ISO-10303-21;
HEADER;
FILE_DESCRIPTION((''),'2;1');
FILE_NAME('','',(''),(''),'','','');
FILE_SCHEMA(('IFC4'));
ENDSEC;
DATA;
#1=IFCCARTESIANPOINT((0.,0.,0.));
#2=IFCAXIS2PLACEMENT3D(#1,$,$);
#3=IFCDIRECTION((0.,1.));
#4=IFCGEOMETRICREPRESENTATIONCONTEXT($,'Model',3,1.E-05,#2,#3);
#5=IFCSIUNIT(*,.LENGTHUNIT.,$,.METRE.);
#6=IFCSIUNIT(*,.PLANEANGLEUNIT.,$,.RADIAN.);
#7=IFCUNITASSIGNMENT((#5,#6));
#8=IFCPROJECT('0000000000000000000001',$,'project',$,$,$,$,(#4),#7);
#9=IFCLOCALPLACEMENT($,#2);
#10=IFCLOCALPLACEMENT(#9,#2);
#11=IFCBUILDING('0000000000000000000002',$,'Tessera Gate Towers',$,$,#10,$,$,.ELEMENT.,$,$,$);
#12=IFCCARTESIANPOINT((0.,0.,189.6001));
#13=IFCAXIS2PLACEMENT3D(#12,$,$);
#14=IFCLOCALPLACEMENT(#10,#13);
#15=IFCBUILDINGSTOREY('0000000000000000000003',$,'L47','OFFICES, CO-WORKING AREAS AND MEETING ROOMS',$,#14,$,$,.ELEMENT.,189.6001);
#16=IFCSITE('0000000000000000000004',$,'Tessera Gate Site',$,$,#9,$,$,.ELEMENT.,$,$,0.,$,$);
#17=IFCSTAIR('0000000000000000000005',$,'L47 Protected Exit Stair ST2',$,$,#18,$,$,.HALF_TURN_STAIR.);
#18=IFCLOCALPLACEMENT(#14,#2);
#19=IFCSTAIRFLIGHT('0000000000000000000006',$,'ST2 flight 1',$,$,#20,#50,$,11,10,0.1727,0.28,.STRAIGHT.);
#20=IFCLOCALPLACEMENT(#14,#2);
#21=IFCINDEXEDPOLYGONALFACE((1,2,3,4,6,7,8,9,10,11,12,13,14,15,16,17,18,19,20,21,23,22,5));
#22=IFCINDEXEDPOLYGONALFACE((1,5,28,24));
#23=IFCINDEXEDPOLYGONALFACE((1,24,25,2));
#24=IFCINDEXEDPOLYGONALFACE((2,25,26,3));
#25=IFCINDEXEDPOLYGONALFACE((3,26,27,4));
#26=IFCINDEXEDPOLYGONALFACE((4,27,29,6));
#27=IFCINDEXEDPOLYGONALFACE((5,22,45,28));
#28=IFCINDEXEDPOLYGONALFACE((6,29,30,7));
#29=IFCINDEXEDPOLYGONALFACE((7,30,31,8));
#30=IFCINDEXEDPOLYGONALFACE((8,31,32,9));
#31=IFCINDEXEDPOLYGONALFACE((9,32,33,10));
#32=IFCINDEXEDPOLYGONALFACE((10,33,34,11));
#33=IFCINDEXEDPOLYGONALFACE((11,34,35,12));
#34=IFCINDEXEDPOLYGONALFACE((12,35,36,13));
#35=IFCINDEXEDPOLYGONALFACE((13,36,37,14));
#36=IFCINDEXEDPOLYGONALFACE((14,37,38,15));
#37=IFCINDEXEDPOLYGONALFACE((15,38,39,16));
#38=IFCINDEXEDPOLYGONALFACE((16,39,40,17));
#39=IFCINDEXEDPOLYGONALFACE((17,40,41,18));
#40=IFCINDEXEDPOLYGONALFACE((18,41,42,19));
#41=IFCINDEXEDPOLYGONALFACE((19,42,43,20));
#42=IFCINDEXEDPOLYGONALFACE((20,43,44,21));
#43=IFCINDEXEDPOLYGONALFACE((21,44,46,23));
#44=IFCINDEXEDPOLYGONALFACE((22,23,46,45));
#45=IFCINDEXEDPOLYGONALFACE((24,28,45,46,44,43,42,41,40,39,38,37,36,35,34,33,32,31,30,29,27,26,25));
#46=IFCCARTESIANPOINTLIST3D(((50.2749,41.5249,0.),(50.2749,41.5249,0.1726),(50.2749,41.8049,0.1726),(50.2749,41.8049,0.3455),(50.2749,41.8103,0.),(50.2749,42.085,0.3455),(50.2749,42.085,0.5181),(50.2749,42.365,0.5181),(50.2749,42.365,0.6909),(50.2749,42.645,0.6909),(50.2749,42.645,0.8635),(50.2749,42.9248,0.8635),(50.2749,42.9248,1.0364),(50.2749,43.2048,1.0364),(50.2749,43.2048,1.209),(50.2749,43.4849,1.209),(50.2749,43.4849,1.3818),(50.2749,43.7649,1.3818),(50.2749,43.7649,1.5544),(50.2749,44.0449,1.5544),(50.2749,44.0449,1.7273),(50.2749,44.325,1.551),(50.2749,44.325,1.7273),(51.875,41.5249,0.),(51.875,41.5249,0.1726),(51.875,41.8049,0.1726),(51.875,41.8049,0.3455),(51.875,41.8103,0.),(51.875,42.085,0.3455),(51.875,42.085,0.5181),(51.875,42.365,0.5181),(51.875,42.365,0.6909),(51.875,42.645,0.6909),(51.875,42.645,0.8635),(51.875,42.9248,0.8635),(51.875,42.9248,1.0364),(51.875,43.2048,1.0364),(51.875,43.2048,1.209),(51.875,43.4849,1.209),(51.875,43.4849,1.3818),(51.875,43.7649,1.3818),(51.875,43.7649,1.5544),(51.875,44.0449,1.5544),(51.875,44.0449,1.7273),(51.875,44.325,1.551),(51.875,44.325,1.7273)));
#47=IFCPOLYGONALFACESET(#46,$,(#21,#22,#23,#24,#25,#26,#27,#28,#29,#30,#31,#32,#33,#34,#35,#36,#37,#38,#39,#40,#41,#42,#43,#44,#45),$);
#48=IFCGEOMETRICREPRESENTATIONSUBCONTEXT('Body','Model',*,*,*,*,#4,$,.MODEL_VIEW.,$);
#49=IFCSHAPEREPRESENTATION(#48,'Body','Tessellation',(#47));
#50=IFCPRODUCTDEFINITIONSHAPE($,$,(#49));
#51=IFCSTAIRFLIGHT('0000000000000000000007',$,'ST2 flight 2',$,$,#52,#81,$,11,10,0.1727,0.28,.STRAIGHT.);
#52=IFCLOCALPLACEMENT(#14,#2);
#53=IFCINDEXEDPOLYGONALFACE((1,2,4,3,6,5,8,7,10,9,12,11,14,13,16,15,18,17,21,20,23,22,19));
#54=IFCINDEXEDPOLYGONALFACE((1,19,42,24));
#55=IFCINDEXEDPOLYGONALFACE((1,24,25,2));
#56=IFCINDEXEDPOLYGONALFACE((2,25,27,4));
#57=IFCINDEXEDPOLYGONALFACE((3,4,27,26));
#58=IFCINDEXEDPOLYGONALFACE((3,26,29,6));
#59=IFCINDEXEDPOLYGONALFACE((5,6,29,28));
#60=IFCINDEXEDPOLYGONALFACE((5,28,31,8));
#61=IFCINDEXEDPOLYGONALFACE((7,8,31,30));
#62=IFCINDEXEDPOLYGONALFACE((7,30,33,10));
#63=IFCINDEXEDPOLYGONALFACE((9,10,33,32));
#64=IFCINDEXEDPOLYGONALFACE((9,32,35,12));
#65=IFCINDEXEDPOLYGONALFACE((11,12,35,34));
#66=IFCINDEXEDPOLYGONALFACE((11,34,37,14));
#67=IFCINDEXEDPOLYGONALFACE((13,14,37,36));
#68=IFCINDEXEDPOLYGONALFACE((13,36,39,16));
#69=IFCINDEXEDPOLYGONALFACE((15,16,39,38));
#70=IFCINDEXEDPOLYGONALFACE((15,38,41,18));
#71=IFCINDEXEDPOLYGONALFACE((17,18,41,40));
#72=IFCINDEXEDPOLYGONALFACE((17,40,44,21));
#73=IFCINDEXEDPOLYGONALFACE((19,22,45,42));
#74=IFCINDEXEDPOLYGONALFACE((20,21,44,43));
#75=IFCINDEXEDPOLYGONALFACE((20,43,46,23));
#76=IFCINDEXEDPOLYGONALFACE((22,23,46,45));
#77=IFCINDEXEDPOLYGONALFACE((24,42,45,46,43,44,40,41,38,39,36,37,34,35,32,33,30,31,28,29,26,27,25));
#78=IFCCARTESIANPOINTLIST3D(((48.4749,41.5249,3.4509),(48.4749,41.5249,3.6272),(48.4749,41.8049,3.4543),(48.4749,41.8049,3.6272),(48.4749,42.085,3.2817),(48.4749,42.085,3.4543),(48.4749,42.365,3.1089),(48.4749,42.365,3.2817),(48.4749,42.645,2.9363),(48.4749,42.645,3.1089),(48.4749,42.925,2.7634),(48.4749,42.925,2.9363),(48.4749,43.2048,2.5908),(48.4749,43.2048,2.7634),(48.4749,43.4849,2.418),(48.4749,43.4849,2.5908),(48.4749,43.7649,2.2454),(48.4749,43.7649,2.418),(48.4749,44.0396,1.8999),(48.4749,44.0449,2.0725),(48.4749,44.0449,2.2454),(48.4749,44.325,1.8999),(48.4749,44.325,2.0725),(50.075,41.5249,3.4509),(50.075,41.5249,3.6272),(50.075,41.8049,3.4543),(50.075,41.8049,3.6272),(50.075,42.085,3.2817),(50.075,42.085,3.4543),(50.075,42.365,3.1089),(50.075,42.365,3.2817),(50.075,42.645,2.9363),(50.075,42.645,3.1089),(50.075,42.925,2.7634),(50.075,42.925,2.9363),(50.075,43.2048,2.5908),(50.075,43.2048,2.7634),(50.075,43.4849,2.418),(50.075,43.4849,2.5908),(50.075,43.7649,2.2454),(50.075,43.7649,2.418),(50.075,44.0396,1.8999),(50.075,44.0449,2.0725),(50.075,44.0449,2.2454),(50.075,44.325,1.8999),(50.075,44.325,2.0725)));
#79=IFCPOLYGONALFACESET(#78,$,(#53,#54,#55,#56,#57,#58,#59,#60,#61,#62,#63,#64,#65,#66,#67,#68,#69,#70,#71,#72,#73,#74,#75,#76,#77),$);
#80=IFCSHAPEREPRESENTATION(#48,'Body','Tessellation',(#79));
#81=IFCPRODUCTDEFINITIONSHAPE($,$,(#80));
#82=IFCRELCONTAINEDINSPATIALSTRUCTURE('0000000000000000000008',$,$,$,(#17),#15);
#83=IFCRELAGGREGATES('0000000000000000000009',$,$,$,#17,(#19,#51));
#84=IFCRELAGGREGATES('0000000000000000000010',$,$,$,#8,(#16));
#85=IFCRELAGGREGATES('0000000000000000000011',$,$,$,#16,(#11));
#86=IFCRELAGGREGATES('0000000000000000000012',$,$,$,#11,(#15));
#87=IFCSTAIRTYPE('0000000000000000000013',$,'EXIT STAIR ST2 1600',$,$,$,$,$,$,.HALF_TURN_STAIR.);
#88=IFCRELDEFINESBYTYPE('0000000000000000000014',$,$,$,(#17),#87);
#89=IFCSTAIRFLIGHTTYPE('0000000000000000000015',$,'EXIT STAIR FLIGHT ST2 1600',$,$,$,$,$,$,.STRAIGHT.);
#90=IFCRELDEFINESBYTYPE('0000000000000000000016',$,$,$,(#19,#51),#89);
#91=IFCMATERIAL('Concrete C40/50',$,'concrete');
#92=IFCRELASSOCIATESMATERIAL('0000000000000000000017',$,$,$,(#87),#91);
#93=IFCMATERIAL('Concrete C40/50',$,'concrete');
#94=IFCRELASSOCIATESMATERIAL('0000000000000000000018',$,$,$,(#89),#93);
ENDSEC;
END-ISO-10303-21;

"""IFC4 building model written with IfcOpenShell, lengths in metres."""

from ifc_helpers import new_model, si_unit, direction, frame, origin, place, context, subcontext, project, spatial, polyline, outline, extrude, material, type_object, element, aggregate, save


model = new_model("IFC4")

# Units and contexts
model_context = context("Model", 3, precision=1e-05, world=origin(), true_north=direction((0.0, 1.0)))
body_context = subcontext(model_context, "Body", "Model", "MODEL_VIEW")
ifc_project = project(units=[si_unit("LENGTHUNIT", "METRE"), si_unit("PLANEANGLEUNIT", "RADIAN")], contexts=[model_context])

# Site, building, storey
site_placement = place(None, origin())
site = spatial("IfcSite", under=ifc_project, at=site_placement, Name="Tessera Gate Site", CompositionType="ELEMENT", RefElevation=0.0)
building_placement = place(site_placement, origin())
building = spatial("IfcBuilding", under=site, at=building_placement, Name="Tessera Gate Towers", CompositionType="ELEMENT")
storey_placement = place(building_placement, frame((0.0, 0.0, 189.6001)))
storey = spatial("IfcBuildingStorey", under=building, at=storey_placement, Name="L47", Description="OFFICES, CO-WORKING AREAS AND MEETING ROOMS", CompositionType="ELEMENT", Elevation=189.6001)

# Stair, stair flights
ifc_material_1 = material(Name="Concrete C40/50", Category="concrete")
stair_type = type_object("IfcStairType", Name="EXIT STAIR ST2 1600", PredefinedType="HALF_TURN_STAIR", material=ifc_material_1)
stair_placement = place(storey_placement, origin())
stair = element("IfcStair", 1, at=stair_placement, inside=storey, type_object=stair_type, Name="L47 Protected Exit Stair ST2", PredefinedType="HALF_TURN_STAIR")
ifc_material_2 = material(Name="Concrete C40/50", Category="concrete")
stair_flight_type = type_object("IfcStairFlightType", Name="EXIT STAIR FLIGHT ST2 1600", PredefinedType="STRAIGHT", material=ifc_material_2)
stair_flight_1_placement = place(storey_placement, frame((51.075, 41.5249, 0.0), z_axis=(0.0, 0.0, 1.0), x_axis=(0.0, 1.0, 0.0)))
stair_flight_1 = element("IfcStairFlight", 2, at=stair_flight_1_placement, type_object=stair_flight_type, Name="ST2 flight 1", NumberOfRisers=11, NumberOfTreads=10, PredefinedType="STRAIGHT", RiserHeight=0.1727, TreadLength=0.28, context=body_context, shape_type="SweptSolid", body=[
    extrude(outline(polyline([(0.0, 0.0), (0.0, 0.1726), (0.28, 0.1726), (0.28, 0.3455), (0.5601, 0.3455), (0.5601, 0.5181), (0.8401, 0.5181), (0.8401, 0.6909), (1.1201, 0.6909), (1.1201, 0.8635), (1.3999, 0.8635), (1.3999, 1.0364), (1.6799, 1.0364), (1.6799, 1.209), (1.96, 1.209), (1.96, 1.3818), (2.24, 1.3818), (2.24, 1.5544), (2.52, 1.5544), (2.52, 1.7273), (2.8, 1.7273), (2.8, 1.8999), (2.8, 1.551), (0.2854, 0.0), (0.0, 0.0)])), frame((0.0, 0.8, 0.0), z_axis=(0.0, -1.0, 0.0), x_axis=(1.0, 0.0, 0.0)), (0.0, 0.0, 1.0), 1.6001),
])
stair_flight_2_placement = place(storey_placement, frame((49.2749, 44.325, 1.8999), z_axis=(0.0, 0.0, 1.0), x_axis=(0.0, -1.0, 0.0)))
stair_flight_2 = element("IfcStairFlight", 3, at=stair_flight_2_placement, type_object=stair_flight_type, Name="ST2 flight 2", NumberOfRisers=11, NumberOfTreads=10, PredefinedType="STRAIGHT", RiserHeight=0.1727, TreadLength=0.28, context=body_context, shape_type="SweptSolid", body=[
    extrude(outline(polyline([(0.0, 0.0), (0.0, 0.1726), (0.28, 0.1726), (0.28, 0.3455), (0.5601, 0.3455), (0.5601, 0.5181), (0.8401, 0.5181), (0.8401, 0.6909), (1.1201, 0.6909), (1.1201, 0.8635), (1.3999, 0.8635), (1.3999, 1.0364), (1.6799, 1.0364), (1.6799, 1.209), (1.96, 1.209), (1.96, 1.3818), (2.24, 1.3818), (2.24, 1.5544), (2.52, 1.5544), (2.52, 1.7273), (2.8, 1.7273), (2.8, 1.8999), (2.8, 1.551), (0.2854, 0.0), (0.0, 0.0)])), frame((0.0, 0.8, 0.0), z_axis=(0.0, -1.0, 0.0), x_axis=(1.0, 0.0, 0.0)), (0.0, 0.0, 1.0), 1.6001),
])
aggregate(stair, [stair_flight_1, stair_flight_2])

save(model, "model.ifc")
